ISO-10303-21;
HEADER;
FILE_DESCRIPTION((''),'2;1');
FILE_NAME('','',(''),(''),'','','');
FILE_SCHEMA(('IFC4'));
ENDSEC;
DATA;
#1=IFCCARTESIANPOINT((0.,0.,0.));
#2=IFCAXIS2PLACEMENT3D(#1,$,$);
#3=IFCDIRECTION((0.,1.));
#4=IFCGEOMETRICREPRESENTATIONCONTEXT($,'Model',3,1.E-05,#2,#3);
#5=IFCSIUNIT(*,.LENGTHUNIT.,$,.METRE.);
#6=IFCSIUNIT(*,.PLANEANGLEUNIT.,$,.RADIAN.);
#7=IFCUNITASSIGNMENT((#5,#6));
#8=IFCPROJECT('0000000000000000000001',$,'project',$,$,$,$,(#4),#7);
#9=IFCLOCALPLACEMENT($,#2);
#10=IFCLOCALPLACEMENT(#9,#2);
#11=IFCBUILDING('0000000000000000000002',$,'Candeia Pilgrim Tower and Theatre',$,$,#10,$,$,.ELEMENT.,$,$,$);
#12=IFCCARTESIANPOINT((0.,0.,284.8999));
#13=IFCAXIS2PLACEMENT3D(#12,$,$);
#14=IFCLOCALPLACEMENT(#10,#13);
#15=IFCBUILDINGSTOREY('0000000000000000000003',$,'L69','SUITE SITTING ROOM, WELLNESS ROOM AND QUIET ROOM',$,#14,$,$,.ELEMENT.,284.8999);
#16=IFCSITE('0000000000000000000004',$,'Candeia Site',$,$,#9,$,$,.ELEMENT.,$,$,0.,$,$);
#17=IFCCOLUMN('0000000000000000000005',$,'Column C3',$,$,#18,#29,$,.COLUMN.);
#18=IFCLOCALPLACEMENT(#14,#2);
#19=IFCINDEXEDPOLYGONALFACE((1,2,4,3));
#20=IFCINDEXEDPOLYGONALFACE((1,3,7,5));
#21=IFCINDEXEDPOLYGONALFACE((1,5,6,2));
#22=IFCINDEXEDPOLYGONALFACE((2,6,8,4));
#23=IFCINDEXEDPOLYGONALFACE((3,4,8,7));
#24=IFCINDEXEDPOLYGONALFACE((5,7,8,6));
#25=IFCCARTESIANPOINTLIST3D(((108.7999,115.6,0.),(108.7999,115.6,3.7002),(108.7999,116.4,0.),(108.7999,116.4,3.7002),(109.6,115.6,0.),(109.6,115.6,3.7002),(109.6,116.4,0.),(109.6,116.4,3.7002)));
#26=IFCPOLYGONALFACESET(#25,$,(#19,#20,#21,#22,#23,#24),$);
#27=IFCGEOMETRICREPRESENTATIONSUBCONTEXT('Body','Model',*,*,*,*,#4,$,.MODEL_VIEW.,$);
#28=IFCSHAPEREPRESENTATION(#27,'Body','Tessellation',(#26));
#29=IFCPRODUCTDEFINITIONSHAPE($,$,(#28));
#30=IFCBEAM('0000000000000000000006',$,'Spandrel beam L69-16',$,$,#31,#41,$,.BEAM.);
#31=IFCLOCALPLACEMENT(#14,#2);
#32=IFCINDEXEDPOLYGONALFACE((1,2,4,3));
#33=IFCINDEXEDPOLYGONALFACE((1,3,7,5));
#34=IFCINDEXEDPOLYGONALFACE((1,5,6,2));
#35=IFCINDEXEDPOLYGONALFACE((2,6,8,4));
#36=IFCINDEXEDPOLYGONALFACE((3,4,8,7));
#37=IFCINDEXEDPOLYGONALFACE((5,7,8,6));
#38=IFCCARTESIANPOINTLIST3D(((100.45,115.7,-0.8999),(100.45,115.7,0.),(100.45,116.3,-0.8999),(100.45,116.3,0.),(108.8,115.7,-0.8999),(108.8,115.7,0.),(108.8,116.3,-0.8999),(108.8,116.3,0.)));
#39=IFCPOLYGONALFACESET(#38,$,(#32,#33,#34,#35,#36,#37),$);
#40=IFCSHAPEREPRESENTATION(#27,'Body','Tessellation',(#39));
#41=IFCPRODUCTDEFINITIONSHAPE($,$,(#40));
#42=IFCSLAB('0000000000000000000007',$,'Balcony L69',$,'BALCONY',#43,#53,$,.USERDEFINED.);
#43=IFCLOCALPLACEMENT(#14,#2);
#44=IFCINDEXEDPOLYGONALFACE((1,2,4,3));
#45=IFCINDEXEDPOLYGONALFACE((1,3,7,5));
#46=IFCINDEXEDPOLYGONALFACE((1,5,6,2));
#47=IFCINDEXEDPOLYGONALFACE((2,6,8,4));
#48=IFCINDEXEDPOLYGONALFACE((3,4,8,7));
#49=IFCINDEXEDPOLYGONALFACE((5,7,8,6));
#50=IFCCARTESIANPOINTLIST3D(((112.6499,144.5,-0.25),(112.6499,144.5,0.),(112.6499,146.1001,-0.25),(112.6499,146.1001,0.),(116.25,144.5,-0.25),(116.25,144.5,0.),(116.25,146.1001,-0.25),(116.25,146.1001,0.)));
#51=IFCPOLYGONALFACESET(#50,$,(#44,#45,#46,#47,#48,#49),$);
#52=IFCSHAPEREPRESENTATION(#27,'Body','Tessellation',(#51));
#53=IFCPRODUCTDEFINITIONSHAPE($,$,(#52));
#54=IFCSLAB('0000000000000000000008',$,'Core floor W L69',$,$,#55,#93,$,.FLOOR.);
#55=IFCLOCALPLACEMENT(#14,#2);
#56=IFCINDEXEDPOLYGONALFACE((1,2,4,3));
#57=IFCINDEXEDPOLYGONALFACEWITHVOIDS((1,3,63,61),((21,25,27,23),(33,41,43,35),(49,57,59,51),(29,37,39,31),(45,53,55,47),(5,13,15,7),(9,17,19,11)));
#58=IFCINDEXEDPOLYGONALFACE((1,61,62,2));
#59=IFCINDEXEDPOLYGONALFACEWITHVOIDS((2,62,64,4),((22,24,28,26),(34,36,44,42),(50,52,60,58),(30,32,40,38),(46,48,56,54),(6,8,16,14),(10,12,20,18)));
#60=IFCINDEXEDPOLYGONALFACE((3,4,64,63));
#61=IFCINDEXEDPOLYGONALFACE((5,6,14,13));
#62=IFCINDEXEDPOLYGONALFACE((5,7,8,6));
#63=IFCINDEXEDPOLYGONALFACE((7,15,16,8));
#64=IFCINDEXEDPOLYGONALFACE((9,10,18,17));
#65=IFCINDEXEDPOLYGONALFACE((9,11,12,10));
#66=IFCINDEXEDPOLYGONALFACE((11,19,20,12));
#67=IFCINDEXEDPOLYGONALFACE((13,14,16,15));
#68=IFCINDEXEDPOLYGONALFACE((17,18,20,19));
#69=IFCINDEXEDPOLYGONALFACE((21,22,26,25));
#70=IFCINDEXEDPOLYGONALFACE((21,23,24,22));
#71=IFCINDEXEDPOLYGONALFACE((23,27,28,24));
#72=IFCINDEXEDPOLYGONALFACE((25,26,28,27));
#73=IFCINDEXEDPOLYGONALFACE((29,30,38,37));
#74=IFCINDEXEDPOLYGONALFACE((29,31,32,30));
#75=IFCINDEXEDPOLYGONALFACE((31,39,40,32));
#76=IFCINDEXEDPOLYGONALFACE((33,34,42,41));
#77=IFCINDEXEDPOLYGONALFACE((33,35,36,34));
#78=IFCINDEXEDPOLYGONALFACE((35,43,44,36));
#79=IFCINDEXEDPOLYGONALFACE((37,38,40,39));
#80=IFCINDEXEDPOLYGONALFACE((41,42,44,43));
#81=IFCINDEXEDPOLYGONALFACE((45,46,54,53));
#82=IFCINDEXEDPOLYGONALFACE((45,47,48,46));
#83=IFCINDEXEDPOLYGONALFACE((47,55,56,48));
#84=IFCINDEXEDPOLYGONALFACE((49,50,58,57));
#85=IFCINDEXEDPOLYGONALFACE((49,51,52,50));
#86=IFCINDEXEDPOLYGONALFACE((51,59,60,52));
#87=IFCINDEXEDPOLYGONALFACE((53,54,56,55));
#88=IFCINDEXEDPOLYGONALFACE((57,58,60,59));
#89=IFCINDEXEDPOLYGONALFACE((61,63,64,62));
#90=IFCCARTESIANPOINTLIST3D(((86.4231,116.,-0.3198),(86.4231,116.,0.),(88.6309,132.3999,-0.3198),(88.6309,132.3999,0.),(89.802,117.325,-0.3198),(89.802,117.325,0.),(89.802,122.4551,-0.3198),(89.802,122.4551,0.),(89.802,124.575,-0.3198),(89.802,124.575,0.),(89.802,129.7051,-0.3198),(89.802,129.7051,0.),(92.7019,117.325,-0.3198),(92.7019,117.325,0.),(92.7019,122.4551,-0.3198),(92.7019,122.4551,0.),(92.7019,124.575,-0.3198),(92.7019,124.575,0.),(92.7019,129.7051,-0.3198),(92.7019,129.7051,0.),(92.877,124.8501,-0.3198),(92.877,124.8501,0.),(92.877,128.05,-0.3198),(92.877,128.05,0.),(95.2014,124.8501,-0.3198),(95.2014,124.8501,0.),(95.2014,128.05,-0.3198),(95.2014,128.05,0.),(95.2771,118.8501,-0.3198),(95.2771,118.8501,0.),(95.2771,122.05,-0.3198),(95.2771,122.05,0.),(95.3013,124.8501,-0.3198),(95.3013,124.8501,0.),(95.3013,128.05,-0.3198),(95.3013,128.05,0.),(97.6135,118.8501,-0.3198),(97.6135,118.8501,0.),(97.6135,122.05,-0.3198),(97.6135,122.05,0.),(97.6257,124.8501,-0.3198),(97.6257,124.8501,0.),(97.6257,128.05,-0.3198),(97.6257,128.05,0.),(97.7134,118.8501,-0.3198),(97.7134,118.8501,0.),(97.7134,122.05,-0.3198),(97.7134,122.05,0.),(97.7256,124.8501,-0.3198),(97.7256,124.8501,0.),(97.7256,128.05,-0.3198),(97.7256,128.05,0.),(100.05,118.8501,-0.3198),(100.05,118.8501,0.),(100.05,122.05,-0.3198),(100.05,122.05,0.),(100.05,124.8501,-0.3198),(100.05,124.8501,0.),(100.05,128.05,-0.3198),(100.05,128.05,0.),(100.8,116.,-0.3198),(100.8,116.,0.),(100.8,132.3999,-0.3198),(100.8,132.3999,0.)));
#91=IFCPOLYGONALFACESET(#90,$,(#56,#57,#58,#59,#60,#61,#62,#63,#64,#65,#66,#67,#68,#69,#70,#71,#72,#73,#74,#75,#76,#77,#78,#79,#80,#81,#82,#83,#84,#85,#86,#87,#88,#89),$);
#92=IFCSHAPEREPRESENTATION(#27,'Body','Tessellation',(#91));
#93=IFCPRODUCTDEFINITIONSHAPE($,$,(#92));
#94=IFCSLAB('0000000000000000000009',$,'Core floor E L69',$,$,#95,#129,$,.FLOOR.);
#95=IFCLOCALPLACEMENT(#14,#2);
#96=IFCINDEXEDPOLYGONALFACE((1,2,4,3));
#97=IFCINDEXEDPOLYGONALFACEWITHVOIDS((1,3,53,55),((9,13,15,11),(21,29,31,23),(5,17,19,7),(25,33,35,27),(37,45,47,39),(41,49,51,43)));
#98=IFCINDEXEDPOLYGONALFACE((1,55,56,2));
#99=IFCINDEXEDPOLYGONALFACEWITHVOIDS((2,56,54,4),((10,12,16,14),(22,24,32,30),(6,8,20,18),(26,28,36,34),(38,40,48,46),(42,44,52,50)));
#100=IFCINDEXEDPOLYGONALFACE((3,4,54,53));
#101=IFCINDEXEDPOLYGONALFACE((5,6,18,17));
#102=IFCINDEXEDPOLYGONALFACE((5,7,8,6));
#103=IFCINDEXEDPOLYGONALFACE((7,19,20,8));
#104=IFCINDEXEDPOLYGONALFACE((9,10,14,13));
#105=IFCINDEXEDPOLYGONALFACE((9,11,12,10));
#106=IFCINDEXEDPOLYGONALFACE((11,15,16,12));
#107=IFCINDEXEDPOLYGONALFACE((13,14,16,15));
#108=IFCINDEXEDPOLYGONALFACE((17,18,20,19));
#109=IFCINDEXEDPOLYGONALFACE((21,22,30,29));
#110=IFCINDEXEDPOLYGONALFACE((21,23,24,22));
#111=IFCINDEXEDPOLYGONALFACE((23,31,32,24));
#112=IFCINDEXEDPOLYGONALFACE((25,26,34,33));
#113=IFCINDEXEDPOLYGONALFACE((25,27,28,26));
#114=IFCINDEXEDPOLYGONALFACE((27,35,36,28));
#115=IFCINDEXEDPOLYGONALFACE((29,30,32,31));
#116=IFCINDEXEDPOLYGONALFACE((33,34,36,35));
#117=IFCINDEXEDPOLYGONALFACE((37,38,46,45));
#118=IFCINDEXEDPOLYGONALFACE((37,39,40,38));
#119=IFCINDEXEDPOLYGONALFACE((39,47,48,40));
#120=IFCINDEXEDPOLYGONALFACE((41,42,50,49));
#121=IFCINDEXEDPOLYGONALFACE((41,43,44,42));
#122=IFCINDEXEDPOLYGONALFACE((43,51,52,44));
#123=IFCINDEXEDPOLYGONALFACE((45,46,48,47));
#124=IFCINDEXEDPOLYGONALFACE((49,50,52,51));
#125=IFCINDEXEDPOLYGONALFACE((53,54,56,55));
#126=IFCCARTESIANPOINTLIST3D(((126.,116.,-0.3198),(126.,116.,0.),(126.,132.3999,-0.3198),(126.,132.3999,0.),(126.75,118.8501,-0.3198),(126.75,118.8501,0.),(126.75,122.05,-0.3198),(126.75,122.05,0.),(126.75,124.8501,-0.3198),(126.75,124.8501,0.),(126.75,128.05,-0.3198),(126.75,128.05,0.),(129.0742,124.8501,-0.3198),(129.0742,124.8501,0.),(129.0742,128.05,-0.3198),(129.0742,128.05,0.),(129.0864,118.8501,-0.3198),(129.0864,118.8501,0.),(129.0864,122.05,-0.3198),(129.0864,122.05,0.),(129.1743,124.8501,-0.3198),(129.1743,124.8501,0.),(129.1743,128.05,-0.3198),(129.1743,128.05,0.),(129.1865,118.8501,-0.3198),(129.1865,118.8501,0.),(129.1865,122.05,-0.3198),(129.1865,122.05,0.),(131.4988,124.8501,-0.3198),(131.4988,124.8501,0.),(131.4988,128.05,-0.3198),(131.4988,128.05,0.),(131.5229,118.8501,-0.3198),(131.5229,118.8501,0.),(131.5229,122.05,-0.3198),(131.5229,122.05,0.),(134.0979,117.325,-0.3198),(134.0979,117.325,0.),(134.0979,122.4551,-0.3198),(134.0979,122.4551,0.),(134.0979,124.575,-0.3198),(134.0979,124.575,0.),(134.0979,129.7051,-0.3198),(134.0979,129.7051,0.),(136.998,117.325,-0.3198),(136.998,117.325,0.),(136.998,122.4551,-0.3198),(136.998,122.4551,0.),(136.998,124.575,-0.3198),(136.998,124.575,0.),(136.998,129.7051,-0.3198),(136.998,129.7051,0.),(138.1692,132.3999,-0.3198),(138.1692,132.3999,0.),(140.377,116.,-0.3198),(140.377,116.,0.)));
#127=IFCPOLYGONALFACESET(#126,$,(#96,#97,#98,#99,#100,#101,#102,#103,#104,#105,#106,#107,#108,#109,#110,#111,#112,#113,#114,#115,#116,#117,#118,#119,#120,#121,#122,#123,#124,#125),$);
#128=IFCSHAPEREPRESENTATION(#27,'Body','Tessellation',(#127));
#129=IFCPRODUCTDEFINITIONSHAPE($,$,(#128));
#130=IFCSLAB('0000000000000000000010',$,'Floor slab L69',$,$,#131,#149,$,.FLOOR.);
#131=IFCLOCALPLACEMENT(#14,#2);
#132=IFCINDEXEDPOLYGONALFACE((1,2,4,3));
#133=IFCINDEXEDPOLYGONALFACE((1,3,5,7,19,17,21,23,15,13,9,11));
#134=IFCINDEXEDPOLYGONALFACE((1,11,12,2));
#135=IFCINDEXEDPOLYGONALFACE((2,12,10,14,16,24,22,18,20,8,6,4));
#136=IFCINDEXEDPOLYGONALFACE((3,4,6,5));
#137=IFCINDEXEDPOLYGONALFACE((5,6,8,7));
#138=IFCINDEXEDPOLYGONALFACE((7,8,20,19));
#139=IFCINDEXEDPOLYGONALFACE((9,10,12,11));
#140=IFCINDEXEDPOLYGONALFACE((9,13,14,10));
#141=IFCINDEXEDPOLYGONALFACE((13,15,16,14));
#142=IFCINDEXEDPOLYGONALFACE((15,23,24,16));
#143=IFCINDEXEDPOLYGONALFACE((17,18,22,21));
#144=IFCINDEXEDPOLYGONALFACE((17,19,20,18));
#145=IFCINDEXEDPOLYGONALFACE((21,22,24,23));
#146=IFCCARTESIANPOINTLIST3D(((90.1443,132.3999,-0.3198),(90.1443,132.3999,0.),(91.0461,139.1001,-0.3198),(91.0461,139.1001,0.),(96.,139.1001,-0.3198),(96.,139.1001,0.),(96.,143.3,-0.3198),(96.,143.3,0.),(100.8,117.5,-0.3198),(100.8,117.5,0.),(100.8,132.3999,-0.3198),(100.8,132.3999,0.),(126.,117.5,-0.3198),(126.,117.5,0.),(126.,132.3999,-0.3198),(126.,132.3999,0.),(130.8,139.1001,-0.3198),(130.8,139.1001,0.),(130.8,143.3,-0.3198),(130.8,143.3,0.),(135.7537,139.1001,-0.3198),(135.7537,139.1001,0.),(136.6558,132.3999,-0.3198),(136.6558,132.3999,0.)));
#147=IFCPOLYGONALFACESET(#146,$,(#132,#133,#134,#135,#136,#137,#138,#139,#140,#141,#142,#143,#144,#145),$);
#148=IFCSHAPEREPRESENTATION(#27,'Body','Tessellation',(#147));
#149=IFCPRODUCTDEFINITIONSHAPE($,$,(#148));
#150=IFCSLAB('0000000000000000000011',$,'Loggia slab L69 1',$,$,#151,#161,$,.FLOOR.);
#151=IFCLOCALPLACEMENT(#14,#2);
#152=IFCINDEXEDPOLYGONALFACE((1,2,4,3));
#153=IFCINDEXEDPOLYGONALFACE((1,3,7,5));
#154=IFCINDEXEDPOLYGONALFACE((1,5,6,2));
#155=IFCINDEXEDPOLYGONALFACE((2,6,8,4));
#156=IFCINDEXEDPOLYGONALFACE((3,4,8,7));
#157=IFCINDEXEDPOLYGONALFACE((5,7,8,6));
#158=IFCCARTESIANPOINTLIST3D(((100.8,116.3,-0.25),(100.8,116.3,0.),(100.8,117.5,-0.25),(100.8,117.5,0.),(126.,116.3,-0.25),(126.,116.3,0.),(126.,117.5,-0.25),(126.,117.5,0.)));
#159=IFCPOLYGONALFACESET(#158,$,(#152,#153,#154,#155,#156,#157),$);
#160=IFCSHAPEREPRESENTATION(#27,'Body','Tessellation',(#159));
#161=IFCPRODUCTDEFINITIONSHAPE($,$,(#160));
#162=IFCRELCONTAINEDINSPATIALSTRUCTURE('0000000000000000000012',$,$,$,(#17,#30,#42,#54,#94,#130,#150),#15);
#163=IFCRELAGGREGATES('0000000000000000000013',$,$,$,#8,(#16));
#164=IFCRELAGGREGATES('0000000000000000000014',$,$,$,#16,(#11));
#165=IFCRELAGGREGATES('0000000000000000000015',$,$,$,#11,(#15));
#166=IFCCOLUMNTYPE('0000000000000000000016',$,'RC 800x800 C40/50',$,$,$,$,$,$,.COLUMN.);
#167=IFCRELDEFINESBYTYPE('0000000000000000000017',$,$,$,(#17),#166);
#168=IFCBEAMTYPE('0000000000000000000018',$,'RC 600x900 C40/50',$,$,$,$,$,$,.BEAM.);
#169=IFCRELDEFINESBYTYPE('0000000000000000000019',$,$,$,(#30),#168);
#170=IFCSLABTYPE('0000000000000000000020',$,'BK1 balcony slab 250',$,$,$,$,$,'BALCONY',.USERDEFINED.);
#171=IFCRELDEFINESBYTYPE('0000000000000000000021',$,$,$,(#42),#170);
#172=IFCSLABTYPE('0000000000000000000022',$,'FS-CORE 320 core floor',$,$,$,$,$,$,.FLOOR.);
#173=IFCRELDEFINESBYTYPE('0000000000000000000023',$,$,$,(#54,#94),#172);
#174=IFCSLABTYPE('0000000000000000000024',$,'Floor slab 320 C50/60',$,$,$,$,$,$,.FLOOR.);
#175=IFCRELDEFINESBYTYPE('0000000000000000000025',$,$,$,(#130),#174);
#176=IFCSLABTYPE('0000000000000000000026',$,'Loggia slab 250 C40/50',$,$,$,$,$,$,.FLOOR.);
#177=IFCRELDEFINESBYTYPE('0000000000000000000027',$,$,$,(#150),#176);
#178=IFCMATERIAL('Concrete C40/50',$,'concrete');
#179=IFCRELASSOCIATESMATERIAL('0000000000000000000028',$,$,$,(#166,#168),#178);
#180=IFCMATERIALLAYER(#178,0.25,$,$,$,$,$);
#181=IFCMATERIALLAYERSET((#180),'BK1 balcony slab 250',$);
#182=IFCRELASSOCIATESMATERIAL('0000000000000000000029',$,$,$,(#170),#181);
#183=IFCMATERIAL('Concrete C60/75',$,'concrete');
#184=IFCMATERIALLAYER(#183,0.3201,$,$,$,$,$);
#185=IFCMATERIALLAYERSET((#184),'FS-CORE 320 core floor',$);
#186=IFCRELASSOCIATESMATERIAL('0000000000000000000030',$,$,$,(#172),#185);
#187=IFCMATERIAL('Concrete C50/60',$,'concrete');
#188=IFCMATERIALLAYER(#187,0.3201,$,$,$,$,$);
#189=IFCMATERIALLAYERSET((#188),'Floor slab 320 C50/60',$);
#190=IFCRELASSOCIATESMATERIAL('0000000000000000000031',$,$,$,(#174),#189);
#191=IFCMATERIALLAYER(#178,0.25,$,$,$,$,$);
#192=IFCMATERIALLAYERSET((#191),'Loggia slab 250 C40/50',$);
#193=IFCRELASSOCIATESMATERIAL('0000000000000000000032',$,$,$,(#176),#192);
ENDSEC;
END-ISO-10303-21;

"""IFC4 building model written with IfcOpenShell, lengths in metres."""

from ifc_helpers import new_model, si_unit, direction, frame, origin, origin_2d, place, context, subcontext, project, spatial, polyline, rectangle, outline, extrude, material, layer, layer_set, material_profile, profile_set, type_object, element, save


model = new_model("IFC4")

# Units and contexts
model_context = context("Model", 3, precision=1e-05, world=origin(), true_north=direction((0.0, 1.0)))
body_context = subcontext(model_context, "Body", "Model", "MODEL_VIEW")
ifc_project = project(units=[si_unit("LENGTHUNIT", "METRE"), si_unit("PLANEANGLEUNIT", "RADIAN")], contexts=[model_context])

# Site, building, storey
site_placement = place(None, origin())
site = spatial("IfcSite", under=ifc_project, at=site_placement, Name="Candeia Site", CompositionType="ELEMENT", RefElevation=0.0)
building_placement = place(site_placement, origin())
building = spatial("IfcBuilding", under=site, at=building_placement, Name="Candeia Pilgrim Tower and Theatre", CompositionType="ELEMENT")
storey_placement = place(building_placement, frame((0.0, 0.0, 284.8999)))
storey = spatial("IfcBuildingStorey", under=building, at=storey_placement, Name="L69", Description="SUITE SITTING ROOM, WELLNESS ROOM AND QUIET ROOM", CompositionType="ELEMENT", Elevation=284.8999)

# Column
ifc_material_1 = material(Name="Concrete C40/50", Category="concrete")
ifc_material_profile_1 = material_profile(ifc_material_1, rectangle(XDim=0.8, YDim=0.8, at=origin_2d()))
ifc_profile_set_1 = profile_set([ifc_material_profile_1], Name="Concrete C40/50")
column_type = type_object("IfcColumnType", Name="RC 800x800 C40/50", PredefinedType="COLUMN", material=ifc_profile_set_1)
column_placement = place(storey_placement, frame((109.2, 116.0, 0.0), z_axis=(0.0, 0.0, 1.0), x_axis=(1.0, 0.0, 0.0)))
element("IfcColumn", 1, at=column_placement, inside=storey, type_object=column_type, Name="Column C3", PredefinedType="COLUMN", context=body_context, shape_type="SweptSolid", body=[
    extrude(rectangle(XDim=0.8, YDim=0.8, at=origin_2d()), origin(), (0.0, 0.0, 1.0), 3.7002),
])

# Beam
ifc_material_profile_2 = material_profile(ifc_material_1, rectangle(XDim=0.6001, YDim=0.8999, at=origin_2d()))
ifc_profile_set_2 = profile_set([ifc_material_profile_2], Name="Concrete C40/50")
beam_type = type_object("IfcBeamType", Name="RC 600x900 C40/50", PredefinedType="BEAM", material=ifc_profile_set_2)
beam_placement = place(storey_placement, frame((108.8, 116.0, -0.45), z_axis=(-1.0, 0.0, 0.0), x_axis=(0.0, -1.0, 0.0)))
element("IfcBeam", 2, at=beam_placement, inside=storey, type_object=beam_type, Name="Spandrel beam L69-16", PredefinedType="BEAM", context=body_context, shape_type="SweptSolid", body=[
    extrude(rectangle(XDim=0.6001, YDim=0.8999, at=origin_2d()), origin(), (0.0, 0.0, 1.0), 8.3501),
])

# Slabs
ifc_layer_1 = layer(ifc_material_1, 0.25)
ifc_layer_set_1 = layer_set([ifc_layer_1], Name="BK1 balcony slab 250")
slab_type_1 = type_object("IfcSlabType", Name="BK1 balcony slab 250", ElementType="BALCONY", PredefinedType="USERDEFINED", material=ifc_layer_set_1)
slab_1_placement = place(storey_placement, frame((0.0, 0.0, -0.25)))
element("IfcSlab", 3, at=slab_1_placement, inside=storey, type_object=slab_type_1, Name="Balcony L69", ObjectType="BALCONY", PredefinedType="USERDEFINED", context=body_context, shape_type="SweptSolid", body=[
    extrude(outline(polyline([(112.6499, 144.5), (116.25, 144.5), (116.25, 146.1001), (112.6499, 146.1001), (112.6499, 144.5)])), origin(), (0.0, 0.0, 1.0), 0.25),
])
ifc_material_2 = material(Name="Concrete C60/75", Category="concrete")
ifc_layer_2 = layer(ifc_material_2, 0.3201)
ifc_layer_set_2 = layer_set([ifc_layer_2], Name="FS-CORE 320 core floor")
slab_type_2 = type_object("IfcSlabType", Name="FS-CORE 320 core floor", PredefinedType="FLOOR", material=ifc_layer_set_2)
slab_2_placement = place(storey_placement, frame((0.0, 0.0, -0.3198)))
element("IfcSlab", 4, at=slab_2_placement, inside=storey, type_object=slab_type_2, Name="Core floor W L69", PredefinedType="FLOOR", context=body_context, shape_type="SweptSolid", body=[
    extrude(outline(polyline([(100.8, 132.3999), (100.8, 116.0), (86.4231, 116.0), (88.6309, 132.3999), (100.8, 132.3999)]), holes=[polyline([(97.7134, 122.05), (97.7134, 118.8501), (100.05, 118.8501), (100.05, 122.05), (97.7134, 122.05)]), polyline([(97.7256, 128.05), (97.7256, 124.8501), (100.05, 124.8501), (100.05, 128.05), (97.7256, 128.05)]), polyline([(95.3013, 128.05), (95.3013, 124.8501), (97.6257, 124.8501), (97.6257, 128.05), (95.3013, 128.05)]), polyline([(95.2771, 122.05), (95.2771, 118.8501), (97.6135, 118.8501), (97.6135, 122.05), (95.2771, 122.05)]), polyline([(92.877, 128.05), (92.877, 124.8501), (95.2014, 124.8501), (95.2014, 128.05), (92.877, 128.05)]), polyline([(89.802, 117.325), (92.7019, 117.325), (92.7019, 122.4551), (89.802, 122.4551), (89.802, 117.325)]), polyline([(89.802, 129.7051), (89.802, 124.575), (92.7019, 124.575), (92.7019, 129.7051), (89.802, 129.7051)])]), origin(), (0.0, 0.0, 1.0), 0.3198),
])
slab_3_placement = place(storey_placement, frame((0.0, 0.0, -0.3198)))
element("IfcSlab", 5, at=slab_3_placement, inside=storey, type_object=slab_type_2, Name="Core floor E L69", PredefinedType="FLOOR", context=body_context, shape_type="SweptSolid", body=[
    extrude(outline(polyline([(138.1692, 132.3999), (140.377, 116.0), (126.0, 116.0), (126.0, 132.3999), (138.1692, 132.3999)]), holes=[polyline([(134.0979, 117.325), (136.998, 117.325), (136.998, 122.4551), (134.0979, 122.4551), (134.0979, 117.325)]), polyline([(134.0979, 129.7051), (134.0979, 124.575), (136.998, 124.575), (136.998, 129.7051), (134.0979, 129.7051)]), polyline([(131.5229, 122.05), (129.1865, 122.05), (129.1865, 118.8501), (131.5229, 118.8501), (131.5229, 122.05)]), polyline([(131.4988, 128.05), (129.1743, 128.05), (129.1743, 124.8501), (131.4988, 124.8501), (131.4988, 128.05)]), polyline([(129.0864, 122.05), (126.75, 122.05), (126.75, 118.8501), (129.0864, 118.8501), (129.0864, 122.05)]), polyline([(126.75, 128.05), (126.75, 124.8501), (129.0742, 124.8501), (129.0742, 128.05), (126.75, 128.05)])]), origin(), (0.0, 0.0, 1.0), 0.3198),
])
ifc_material_3 = material(Name="Concrete C50/60", Category="concrete")
ifc_layer_3 = layer(ifc_material_3, 0.3201)
ifc_layer_set_3 = layer_set([ifc_layer_3], Name="Floor slab 320 C50/60")
slab_type_3 = type_object("IfcSlabType", Name="Floor slab 320 C50/60", PredefinedType="FLOOR", material=ifc_layer_set_3)
slab_4_placement = place(storey_placement, frame((0.0, 0.0, -0.3198)))
element("IfcSlab", 6, at=slab_4_placement, inside=storey, type_object=slab_type_3, Name="Floor slab L69", PredefinedType="FLOOR", context=body_context, shape_type="SweptSolid", body=[
    extrude(outline(polyline([(96.0, 139.1001), (96.0, 143.3), (130.8, 143.3), (130.8, 139.1001), (135.7537, 139.1001), (136.6558, 132.3999), (126.0, 132.3999), (126.0, 117.5), (100.8, 117.5), (100.8, 132.3999), (90.1443, 132.3999), (91.0461, 139.1001), (96.0, 139.1001)])), origin(), (0.0, 0.0, 1.0), 0.3198),
])
ifc_layer_4 = layer(ifc_material_1, 0.25)
ifc_layer_set_4 = layer_set([ifc_layer_4], Name="Loggia slab 250 C40/50")
slab_type_4 = type_object("IfcSlabType", Name="Loggia slab 250 C40/50", PredefinedType="FLOOR", material=ifc_layer_set_4)
slab_5_placement = place(storey_placement, frame((0.0, 0.0, -0.25)))
element("IfcSlab", 7, at=slab_5_placement, inside=storey, type_object=slab_type_4, Name="Loggia slab L69 1", PredefinedType="FLOOR", context=body_context, shape_type="SweptSolid", body=[
    extrude(outline(polyline([(100.8, 117.5), (126.0, 117.5), (126.0, 116.3), (100.8, 116.3), (100.8, 117.5)])), origin(), (0.0, 0.0, 1.0), 0.25),
])

save(model, "model.ifc")
